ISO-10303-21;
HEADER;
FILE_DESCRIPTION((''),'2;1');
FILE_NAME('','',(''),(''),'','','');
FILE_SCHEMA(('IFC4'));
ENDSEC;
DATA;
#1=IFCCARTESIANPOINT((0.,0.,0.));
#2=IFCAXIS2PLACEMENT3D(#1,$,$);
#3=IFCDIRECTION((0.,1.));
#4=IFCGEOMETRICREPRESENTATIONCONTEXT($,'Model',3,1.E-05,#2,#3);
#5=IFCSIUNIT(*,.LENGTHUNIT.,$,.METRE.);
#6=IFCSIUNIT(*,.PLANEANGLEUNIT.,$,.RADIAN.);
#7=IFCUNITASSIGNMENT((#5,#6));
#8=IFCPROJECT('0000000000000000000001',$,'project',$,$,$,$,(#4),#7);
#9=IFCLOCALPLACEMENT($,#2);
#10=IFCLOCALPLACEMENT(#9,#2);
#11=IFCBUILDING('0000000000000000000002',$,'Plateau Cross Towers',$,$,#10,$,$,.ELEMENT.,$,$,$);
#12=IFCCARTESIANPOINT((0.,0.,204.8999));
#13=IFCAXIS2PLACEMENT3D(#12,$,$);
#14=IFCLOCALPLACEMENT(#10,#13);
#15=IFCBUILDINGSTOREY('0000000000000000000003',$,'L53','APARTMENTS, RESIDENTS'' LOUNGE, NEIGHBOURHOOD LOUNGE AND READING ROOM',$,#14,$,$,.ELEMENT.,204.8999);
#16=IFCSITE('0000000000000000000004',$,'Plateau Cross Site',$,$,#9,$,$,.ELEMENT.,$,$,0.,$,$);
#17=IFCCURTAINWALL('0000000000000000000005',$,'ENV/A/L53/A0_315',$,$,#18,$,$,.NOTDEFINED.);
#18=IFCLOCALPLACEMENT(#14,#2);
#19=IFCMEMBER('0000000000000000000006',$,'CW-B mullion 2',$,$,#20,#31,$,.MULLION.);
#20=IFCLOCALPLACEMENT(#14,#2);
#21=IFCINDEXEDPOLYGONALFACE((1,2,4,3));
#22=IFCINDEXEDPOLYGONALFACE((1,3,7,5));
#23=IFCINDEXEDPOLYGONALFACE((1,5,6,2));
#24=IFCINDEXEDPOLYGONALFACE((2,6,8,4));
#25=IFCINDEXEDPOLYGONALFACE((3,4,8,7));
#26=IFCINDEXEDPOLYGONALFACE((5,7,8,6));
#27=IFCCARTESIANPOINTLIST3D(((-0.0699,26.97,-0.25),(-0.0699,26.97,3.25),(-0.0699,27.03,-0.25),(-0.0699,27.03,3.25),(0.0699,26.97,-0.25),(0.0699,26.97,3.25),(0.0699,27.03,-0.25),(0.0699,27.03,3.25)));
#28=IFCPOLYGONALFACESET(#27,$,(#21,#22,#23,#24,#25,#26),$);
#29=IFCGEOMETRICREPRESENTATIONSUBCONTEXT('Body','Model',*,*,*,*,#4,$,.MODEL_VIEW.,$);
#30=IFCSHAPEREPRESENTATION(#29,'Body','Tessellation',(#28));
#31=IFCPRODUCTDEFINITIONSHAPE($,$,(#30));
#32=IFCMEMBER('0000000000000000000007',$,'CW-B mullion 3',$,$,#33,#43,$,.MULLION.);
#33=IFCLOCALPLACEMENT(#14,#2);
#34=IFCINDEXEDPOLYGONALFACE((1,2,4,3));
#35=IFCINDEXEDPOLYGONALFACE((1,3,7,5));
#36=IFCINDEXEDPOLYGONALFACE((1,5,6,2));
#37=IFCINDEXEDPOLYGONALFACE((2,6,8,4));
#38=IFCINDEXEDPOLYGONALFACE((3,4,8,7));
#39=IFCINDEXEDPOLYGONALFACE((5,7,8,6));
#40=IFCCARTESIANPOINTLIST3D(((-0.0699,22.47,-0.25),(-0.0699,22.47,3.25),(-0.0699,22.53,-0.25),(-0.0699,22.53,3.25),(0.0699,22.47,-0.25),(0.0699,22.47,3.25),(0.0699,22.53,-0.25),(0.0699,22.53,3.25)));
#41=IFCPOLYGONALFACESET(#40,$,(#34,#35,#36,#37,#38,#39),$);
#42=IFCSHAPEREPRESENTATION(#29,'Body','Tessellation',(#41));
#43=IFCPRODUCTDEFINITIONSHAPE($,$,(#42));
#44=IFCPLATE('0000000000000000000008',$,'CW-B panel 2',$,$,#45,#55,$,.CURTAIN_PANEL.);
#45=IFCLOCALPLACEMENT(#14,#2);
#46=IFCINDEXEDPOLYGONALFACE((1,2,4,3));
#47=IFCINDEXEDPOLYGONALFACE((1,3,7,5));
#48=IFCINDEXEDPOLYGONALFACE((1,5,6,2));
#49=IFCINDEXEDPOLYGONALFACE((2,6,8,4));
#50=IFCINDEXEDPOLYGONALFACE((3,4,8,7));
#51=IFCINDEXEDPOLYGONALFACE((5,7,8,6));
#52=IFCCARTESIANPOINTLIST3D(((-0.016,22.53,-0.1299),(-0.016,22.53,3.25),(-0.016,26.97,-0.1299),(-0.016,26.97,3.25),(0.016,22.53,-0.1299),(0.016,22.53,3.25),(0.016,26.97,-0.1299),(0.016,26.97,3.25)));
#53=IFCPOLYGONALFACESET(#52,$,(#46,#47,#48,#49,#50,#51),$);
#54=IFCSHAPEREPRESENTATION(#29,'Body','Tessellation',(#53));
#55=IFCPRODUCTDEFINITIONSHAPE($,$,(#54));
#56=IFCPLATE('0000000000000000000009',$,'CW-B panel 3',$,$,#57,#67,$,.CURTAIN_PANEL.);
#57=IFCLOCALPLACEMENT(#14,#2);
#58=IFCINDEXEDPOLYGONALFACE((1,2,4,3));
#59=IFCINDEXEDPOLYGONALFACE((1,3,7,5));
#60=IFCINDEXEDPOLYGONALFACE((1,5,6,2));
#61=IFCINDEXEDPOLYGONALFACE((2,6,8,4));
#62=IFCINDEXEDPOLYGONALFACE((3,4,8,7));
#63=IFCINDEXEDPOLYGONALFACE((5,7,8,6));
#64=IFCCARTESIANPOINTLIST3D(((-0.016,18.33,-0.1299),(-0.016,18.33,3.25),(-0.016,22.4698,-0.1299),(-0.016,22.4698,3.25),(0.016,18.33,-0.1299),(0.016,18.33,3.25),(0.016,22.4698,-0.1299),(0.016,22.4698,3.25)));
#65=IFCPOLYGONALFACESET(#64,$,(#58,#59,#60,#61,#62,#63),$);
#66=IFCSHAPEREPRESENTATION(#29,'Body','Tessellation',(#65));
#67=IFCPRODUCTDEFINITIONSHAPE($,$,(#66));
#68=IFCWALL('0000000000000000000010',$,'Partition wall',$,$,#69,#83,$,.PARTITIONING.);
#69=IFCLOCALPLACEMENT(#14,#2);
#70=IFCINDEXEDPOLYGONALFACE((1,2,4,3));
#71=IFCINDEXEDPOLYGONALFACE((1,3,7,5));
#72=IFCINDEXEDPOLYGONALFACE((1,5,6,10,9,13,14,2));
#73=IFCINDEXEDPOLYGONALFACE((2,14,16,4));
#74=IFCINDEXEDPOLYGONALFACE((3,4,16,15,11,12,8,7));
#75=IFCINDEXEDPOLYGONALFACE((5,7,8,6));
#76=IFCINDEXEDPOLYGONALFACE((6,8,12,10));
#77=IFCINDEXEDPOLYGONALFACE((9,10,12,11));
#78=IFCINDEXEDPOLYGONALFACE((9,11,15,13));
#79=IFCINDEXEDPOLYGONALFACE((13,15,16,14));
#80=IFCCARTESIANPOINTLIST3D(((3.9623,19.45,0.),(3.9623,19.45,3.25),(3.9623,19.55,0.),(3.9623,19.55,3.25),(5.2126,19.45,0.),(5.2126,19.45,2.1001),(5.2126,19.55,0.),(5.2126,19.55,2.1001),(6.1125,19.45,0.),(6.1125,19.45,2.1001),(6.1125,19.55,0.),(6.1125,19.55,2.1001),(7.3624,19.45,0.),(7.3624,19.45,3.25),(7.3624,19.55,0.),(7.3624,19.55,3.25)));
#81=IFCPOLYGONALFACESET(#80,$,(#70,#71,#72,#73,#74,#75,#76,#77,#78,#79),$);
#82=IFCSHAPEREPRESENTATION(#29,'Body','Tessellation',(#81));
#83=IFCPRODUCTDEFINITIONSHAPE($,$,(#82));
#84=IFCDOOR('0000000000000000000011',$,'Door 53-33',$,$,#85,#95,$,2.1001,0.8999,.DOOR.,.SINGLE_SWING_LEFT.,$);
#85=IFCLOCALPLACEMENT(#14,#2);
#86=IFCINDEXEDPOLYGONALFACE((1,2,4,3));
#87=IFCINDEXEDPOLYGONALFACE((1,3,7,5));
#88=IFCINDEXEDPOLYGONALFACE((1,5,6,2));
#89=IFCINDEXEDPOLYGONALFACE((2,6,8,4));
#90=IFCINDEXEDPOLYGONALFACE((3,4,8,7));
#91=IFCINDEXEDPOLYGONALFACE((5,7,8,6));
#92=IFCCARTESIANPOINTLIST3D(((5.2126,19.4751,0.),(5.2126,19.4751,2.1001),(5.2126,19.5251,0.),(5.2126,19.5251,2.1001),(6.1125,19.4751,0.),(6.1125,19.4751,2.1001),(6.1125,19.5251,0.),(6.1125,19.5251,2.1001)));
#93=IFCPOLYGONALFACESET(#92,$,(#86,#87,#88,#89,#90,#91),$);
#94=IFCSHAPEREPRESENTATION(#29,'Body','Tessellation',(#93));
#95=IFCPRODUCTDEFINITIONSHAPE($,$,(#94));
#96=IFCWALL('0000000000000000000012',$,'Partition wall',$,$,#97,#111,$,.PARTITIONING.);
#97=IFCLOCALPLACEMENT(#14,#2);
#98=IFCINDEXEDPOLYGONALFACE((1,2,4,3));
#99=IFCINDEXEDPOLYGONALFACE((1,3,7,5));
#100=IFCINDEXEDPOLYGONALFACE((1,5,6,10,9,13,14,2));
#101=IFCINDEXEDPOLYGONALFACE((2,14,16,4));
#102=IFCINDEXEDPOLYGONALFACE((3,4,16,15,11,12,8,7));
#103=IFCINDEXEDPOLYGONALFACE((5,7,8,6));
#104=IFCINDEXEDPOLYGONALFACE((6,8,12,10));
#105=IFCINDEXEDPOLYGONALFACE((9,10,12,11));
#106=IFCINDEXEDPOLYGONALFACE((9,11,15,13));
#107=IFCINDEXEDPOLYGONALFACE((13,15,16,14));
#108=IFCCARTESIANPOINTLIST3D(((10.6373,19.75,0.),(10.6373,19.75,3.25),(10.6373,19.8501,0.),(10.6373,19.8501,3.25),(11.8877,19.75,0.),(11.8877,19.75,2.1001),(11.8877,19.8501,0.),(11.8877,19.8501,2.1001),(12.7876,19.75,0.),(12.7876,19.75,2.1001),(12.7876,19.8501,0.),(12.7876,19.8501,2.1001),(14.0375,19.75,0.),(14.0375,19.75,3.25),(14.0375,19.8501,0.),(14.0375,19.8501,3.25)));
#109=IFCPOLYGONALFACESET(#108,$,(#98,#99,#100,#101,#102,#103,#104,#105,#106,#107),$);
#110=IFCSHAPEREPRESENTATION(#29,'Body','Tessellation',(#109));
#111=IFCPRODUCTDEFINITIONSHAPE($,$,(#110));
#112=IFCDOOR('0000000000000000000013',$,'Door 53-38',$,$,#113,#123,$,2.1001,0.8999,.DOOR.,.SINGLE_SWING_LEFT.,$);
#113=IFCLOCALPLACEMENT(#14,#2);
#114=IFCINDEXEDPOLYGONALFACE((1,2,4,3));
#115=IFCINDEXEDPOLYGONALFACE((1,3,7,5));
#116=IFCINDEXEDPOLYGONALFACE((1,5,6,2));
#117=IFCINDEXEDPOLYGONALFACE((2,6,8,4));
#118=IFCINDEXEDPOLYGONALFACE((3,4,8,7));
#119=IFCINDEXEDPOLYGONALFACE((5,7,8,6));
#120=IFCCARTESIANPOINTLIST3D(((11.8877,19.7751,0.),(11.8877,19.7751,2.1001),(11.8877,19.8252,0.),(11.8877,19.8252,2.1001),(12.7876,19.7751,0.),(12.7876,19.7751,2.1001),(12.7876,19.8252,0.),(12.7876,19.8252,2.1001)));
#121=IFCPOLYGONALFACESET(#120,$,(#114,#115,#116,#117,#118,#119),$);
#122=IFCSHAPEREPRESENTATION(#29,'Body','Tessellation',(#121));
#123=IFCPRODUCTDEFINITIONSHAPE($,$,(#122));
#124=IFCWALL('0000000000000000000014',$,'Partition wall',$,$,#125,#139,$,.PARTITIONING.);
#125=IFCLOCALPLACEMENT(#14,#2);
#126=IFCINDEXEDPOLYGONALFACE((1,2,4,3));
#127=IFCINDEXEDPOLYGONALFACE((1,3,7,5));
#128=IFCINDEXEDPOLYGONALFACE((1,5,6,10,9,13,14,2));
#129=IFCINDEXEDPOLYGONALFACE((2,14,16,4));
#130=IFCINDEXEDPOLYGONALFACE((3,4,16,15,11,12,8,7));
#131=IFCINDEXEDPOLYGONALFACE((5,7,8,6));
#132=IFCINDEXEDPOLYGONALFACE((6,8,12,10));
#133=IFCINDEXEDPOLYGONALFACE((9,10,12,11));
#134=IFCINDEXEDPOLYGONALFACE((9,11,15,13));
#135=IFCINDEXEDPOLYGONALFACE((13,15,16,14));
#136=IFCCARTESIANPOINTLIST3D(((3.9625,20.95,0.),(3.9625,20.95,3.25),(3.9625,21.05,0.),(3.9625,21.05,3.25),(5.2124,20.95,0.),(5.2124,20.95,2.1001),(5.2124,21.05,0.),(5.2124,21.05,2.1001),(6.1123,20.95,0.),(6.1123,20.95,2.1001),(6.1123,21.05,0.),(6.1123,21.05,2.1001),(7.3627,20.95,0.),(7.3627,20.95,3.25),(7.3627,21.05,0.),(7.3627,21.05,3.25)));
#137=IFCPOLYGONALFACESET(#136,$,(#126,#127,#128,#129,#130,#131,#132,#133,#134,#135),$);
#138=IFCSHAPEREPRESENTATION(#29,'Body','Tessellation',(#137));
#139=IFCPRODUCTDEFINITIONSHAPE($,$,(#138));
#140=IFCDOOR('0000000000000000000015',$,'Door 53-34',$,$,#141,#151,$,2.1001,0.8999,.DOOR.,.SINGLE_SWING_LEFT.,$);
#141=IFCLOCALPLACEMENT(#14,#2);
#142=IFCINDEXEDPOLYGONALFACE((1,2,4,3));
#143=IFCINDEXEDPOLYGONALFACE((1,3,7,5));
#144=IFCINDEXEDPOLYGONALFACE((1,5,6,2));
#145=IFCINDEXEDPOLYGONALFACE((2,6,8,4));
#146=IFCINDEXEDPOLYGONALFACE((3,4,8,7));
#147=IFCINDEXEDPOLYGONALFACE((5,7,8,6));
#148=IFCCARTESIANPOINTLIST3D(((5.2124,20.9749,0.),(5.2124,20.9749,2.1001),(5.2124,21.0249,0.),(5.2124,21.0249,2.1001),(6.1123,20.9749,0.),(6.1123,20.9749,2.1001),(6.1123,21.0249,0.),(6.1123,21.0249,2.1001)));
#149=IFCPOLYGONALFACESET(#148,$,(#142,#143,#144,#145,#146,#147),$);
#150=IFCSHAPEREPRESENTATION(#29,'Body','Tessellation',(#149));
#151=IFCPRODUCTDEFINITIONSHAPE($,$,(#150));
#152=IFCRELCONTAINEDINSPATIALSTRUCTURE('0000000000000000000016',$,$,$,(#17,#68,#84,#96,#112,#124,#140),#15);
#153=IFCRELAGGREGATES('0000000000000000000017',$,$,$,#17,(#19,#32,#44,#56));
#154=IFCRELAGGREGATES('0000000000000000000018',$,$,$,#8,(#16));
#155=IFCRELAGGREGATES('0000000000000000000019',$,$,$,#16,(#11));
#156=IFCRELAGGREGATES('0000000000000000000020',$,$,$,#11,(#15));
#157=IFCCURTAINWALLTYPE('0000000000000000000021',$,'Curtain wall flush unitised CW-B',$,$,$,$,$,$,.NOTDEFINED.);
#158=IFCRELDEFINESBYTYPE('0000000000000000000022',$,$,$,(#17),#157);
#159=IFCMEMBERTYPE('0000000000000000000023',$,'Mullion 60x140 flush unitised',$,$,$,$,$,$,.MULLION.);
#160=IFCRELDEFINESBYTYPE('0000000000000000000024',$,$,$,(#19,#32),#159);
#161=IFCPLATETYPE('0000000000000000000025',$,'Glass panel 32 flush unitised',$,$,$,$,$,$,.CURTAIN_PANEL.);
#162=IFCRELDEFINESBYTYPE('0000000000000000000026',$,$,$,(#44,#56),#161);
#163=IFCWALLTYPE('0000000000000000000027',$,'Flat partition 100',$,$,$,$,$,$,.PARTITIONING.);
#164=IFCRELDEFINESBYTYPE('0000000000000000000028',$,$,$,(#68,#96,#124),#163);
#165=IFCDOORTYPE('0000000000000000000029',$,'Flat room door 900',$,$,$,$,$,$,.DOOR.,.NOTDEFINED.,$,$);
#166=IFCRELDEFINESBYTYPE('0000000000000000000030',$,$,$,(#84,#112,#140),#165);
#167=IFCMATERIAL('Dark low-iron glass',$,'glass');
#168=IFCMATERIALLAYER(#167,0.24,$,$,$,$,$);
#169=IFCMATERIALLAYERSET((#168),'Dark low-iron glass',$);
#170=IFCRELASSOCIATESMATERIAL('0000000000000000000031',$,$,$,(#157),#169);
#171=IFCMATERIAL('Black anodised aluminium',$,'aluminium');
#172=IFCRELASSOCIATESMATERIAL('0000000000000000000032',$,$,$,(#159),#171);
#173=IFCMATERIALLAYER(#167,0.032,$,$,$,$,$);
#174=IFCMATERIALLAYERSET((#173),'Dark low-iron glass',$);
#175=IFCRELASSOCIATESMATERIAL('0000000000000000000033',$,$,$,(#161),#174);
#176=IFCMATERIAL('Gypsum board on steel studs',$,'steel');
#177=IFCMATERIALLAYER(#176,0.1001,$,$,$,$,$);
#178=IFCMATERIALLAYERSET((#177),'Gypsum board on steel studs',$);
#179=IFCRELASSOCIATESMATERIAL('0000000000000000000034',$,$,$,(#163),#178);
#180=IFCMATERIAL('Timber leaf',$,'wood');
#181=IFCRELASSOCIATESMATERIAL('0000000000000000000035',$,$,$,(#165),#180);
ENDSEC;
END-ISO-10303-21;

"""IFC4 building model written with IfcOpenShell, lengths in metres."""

from ifc_helpers import new_model, si_unit, direction, frame, frame_2d, origin, origin_2d, place, context, subcontext, project, spatial, rectangle, extrude, material, layer, layer_set, material_profile, profile_set, type_object, element, fill, aggregate, save


model = new_model("IFC4")

# Units and contexts
model_context = context("Model", 3, precision=1e-05, world=origin(), true_north=direction((0.0, 1.0)))
body_context = subcontext(model_context, "Body", "Model", "MODEL_VIEW")
ifc_project = project(units=[si_unit("LENGTHUNIT", "METRE"), si_unit("PLANEANGLEUNIT", "RADIAN")], contexts=[model_context])

# Site, building, storey
site_placement = place(None, origin())
site = spatial("IfcSite", under=ifc_project, at=site_placement, Name="Plateau Cross Site", CompositionType="ELEMENT", RefElevation=0.0)
building_placement = place(site_placement, origin())
building = spatial("IfcBuilding", under=site, at=building_placement, Name="Plateau Cross Towers", CompositionType="ELEMENT")
storey_placement = place(building_placement, frame((0.0, 0.0, 204.8999)))
storey = spatial("IfcBuildingStorey", under=building, at=storey_placement, Name="L53", Description="APARTMENTS, RESIDENTS' LOUNGE, NEIGHBOURHOOD LOUNGE AND READING ROOM", CompositionType="ELEMENT", Elevation=204.8999)

# Curtain wall, members, plates
ifc_material_1 = material(Name="Dark low-iron glass", Category="glass")
ifc_layer_1 = layer(ifc_material_1, 0.24)
ifc_layer_set_1 = layer_set([ifc_layer_1], Name="Dark low-iron glass")
curtain_wall_type = type_object("IfcCurtainWallType", Name="Curtain wall flush unitised CW-B", PredefinedType="NOTDEFINED", material=ifc_layer_set_1)
curtain_wall_placement = place(storey_placement, origin())
curtain_wall = element("IfcCurtainWall", 1, at=curtain_wall_placement, inside=storey, type_object=curtain_wall_type, Name="ENV/A/L53/A0_315", PredefinedType="NOTDEFINED")
ifc_material_2 = material(Name="Black anodised aluminium", Category="aluminium")
ifc_material_profile = material_profile(ifc_material_2, rectangle(XDim=0.0601, YDim=0.1399, at=origin_2d()), Name="MULLION 60x140")
ifc_profile_set = profile_set([ifc_material_profile], Name="Black anodised aluminium")
member_type = type_object("IfcMemberType", Name="Mullion 60x140 flush unitised", PredefinedType="MULLION", material=ifc_profile_set)
member_1_placement = place(storey_placement, frame((0.0, 27.0, -0.25), z_axis=(0.0, 0.0, 1.0), x_axis=(0.0, -1.0, 0.0)))
member_1 = element("IfcMember", 2, at=member_1_placement, type_object=member_type, Name="CW-B mullion 2", PredefinedType="MULLION", context=body_context, shape_type="SweptSolid", body=[
    extrude(rectangle(XDim=0.0601, YDim=0.1399, at=origin_2d()), origin(), (0.0, 0.0, 1.0), 3.5),
])
member_2_placement = place(storey_placement, frame((0.0, 22.5, -0.25), z_axis=(0.0, 0.0, 1.0), x_axis=(0.0, -1.0, 0.0)))
member_2 = element("IfcMember", 3, at=member_2_placement, type_object=member_type, Name="CW-B mullion 3", PredefinedType="MULLION", context=body_context, shape_type="SweptSolid", body=[
    extrude(rectangle(XDim=0.0601, YDim=0.1399, at=origin_2d()), origin(), (0.0, 0.0, 1.0), 3.5),
])
ifc_layer_2 = layer(ifc_material_1, 0.032)
ifc_layer_set_2 = layer_set([ifc_layer_2], Name="Dark low-iron glass")
plate_type = type_object("IfcPlateType", Name="Glass panel 32 flush unitised", PredefinedType="CURTAIN_PANEL", material=ifc_layer_set_2)
plate_1_placement = place(storey_placement, frame((0.0, 24.75, -0.1299), z_axis=(0.0, 0.0, 1.0), x_axis=(0.0, -1.0, 0.0)))
plate_1 = element("IfcPlate", 4, at=plate_1_placement, type_object=plate_type, Name="CW-B panel 2", PredefinedType="CURTAIN_PANEL", context=body_context, shape_type="SweptSolid", body=[
    extrude(rectangle(XDim=4.4399, YDim=0.032, at=origin_2d()), origin(), (0.0, 0.0, 1.0), 3.3799),
])
plate_2_placement = place(storey_placement, frame((0.0, 20.3999, -0.1299), z_axis=(0.0, 0.0, 1.0), x_axis=(0.0, -1.0, 0.0)))
plate_2 = element("IfcPlate", 5, at=plate_2_placement, type_object=plate_type, Name="CW-B panel 3", PredefinedType="CURTAIN_PANEL", context=body_context, shape_type="SweptSolid", body=[
    extrude(rectangle(XDim=4.1399, YDim=0.032, at=origin_2d()), origin(), (0.0, 0.0, 1.0), 3.3799),
])
aggregate(curtain_wall, [member_1, member_2, plate_1, plate_2])

# Walls, openings, doors
ifc_material_3 = material(Name="Gypsum board on steel studs", Category="steel")
ifc_layer_3 = layer(ifc_material_3, 0.1001)
ifc_layer_set_3 = layer_set([ifc_layer_3], Name="Gypsum board on steel studs")
wall_type_1 = type_object("IfcWallType", Name="Flat partition 100", PredefinedType="PARTITIONING", material=ifc_layer_set_3)
wall_1_placement = place(storey_placement, frame((7.3625, 19.5, 0.0), z_axis=(0.0, 0.0, 1.0), x_axis=(-1.0, 0.0, 0.0)))
wall_1 = element("IfcWall", 6, at=wall_1_placement, inside=storey, type_object=wall_type_1, Name="Partition wall", PredefinedType="PARTITIONING", context=body_context, shape_type="SweptSolid", body=[
    extrude(rectangle(XDim=3.4001, YDim=0.1001, at=frame_2d((1.7002, 0.0))), origin(), (0.0, 0.0, 1.0), 3.25),
])
opening_1_placement = place(wall_1_placement, frame((1.25, 0.0, 0.0)))
opening_1 = element("IfcOpeningElement", 7, at=opening_1_placement, cuts=wall_1, PredefinedType="OPENING", context=body_context, shape_type="SweptSolid", body=[
    extrude(rectangle(XDim=0.8999, YDim=2.1001, at=frame_2d((0.45, 1.05))), frame((0.0, 0.0601, 0.0), z_axis=(0.0, -1.0, 0.0), x_axis=(1.0, 0.0, 0.0)), (0.0, 0.0, 1.0), 0.1201),
])
ifc_material_4 = material(Name="Timber leaf", Category="wood")
door_type_1 = type_object("IfcDoorType", Name="Flat room door 900", OperationType="NOTDEFINED", PredefinedType="DOOR", material=ifc_material_4)
door_1_placement = place(opening_1_placement, origin())
door_1 = element("IfcDoor", 8, at=door_1_placement, inside=storey, type_object=door_type_1, Name="Door 53-33", OperationType="SINGLE_SWING_LEFT", OverallHeight=2.1001, OverallWidth=0.8999, PredefinedType="DOOR", context=body_context, shape_type="SweptSolid", body=[
    extrude(rectangle(XDim=0.8999, YDim=2.1001, at=frame_2d((0.45, 1.05))), frame((0.0, 0.0249, 0.0), z_axis=(0.0, -1.0, 0.0), x_axis=(1.0, 0.0, 0.0)), (0.0, 0.0, 1.0), 0.05),
])
fill(opening_1, door_1)
wall_2_placement = place(storey_placement, frame((14.0376, 19.8, 0.0), z_axis=(0.0, 0.0, 1.0), x_axis=(-1.0, 0.0, 0.0)))
wall_2 = element("IfcWall", 9, at=wall_2_placement, inside=storey, type_object=wall_type_1, Name="Partition wall", PredefinedType="PARTITIONING", context=body_context, shape_type="SweptSolid", body=[
    extrude(rectangle(XDim=3.4001, YDim=0.1001, at=frame_2d((1.7002, 0.0))), origin(), (0.0, 0.0, 1.0), 3.25),
])
opening_2_placement = place(wall_2_placement, frame((1.25, 0.0, 0.0)))
opening_2 = element("IfcOpeningElement", 10, at=opening_2_placement, cuts=wall_2, PredefinedType="OPENING", context=body_context, shape_type="SweptSolid", body=[
    extrude(rectangle(XDim=0.8999, YDim=2.1001, at=frame_2d((0.45, 1.05))), frame((0.0, 0.0601, 0.0), z_axis=(0.0, -1.0, 0.0), x_axis=(1.0, 0.0, 0.0)), (0.0, 0.0, 1.0), 0.1201),
])
door_2_placement = place(opening_2_placement, origin())
door_2 = element("IfcDoor", 11, at=door_2_placement, inside=storey, type_object=door_type_1, Name="Door 53-38", OperationType="SINGLE_SWING_LEFT", OverallHeight=2.1001, OverallWidth=0.8999, PredefinedType="DOOR", context=body_context, shape_type="SweptSolid", body=[
    extrude(rectangle(XDim=0.8999, YDim=2.1001, at=frame_2d((0.45, 1.05))), frame((0.0, 0.0249, 0.0), z_axis=(0.0, -1.0, 0.0), x_axis=(1.0, 0.0, 0.0)), (0.0, 0.0, 1.0), 0.05),
])
fill(opening_2, door_2)
wall_3_placement = place(storey_placement, frame((3.9624, 21.0, 0.0), z_axis=(0.0, 0.0, 1.0), x_axis=(1.0, 0.0, 0.0)))
wall_3 = element("IfcWall", 12, at=wall_3_placement, inside=storey, type_object=wall_type_1, Name="Partition wall", PredefinedType="PARTITIONING", context=body_context, shape_type="SweptSolid", body=[
    extrude(rectangle(XDim=3.4001, YDim=0.1001, at=frame_2d((1.7002, 0.0))), origin(), (0.0, 0.0, 1.0), 3.25),
])
opening_3_placement = place(wall_3_placement, frame((1.25, 0.0, 0.0)))
opening_3 = element("IfcOpeningElement", 13, at=opening_3_placement, cuts=wall_3, PredefinedType="OPENING", context=body_context, shape_type="SweptSolid", body=[
    extrude(rectangle(XDim=0.8999, YDim=2.1001, at=frame_2d((0.45, 1.05))), frame((0.0, 0.0601, 0.0), z_axis=(0.0, -1.0, 0.0), x_axis=(1.0, 0.0, 0.0)), (0.0, 0.0, 1.0), 0.1201),
])
door_3_placement = place(opening_3_placement, origin())
door_3 = element("IfcDoor", 14, at=door_3_placement, inside=storey, type_object=door_type_1, Name="Door 53-34", OperationType="SINGLE_SWING_LEFT", OverallHeight=2.1001, OverallWidth=0.8999, PredefinedType="DOOR", context=body_context, shape_type="SweptSolid", body=[
    extrude(rectangle(XDim=0.8999, YDim=2.1001, at=frame_2d((0.45, 1.05))), frame((0.0, 0.0249, 0.0), z_axis=(0.0, -1.0, 0.0), x_axis=(1.0, 0.0, 0.0)), (0.0, 0.0, 1.0), 0.05),
])
fill(opening_3, door_3)

save(model, "model.ifc")
